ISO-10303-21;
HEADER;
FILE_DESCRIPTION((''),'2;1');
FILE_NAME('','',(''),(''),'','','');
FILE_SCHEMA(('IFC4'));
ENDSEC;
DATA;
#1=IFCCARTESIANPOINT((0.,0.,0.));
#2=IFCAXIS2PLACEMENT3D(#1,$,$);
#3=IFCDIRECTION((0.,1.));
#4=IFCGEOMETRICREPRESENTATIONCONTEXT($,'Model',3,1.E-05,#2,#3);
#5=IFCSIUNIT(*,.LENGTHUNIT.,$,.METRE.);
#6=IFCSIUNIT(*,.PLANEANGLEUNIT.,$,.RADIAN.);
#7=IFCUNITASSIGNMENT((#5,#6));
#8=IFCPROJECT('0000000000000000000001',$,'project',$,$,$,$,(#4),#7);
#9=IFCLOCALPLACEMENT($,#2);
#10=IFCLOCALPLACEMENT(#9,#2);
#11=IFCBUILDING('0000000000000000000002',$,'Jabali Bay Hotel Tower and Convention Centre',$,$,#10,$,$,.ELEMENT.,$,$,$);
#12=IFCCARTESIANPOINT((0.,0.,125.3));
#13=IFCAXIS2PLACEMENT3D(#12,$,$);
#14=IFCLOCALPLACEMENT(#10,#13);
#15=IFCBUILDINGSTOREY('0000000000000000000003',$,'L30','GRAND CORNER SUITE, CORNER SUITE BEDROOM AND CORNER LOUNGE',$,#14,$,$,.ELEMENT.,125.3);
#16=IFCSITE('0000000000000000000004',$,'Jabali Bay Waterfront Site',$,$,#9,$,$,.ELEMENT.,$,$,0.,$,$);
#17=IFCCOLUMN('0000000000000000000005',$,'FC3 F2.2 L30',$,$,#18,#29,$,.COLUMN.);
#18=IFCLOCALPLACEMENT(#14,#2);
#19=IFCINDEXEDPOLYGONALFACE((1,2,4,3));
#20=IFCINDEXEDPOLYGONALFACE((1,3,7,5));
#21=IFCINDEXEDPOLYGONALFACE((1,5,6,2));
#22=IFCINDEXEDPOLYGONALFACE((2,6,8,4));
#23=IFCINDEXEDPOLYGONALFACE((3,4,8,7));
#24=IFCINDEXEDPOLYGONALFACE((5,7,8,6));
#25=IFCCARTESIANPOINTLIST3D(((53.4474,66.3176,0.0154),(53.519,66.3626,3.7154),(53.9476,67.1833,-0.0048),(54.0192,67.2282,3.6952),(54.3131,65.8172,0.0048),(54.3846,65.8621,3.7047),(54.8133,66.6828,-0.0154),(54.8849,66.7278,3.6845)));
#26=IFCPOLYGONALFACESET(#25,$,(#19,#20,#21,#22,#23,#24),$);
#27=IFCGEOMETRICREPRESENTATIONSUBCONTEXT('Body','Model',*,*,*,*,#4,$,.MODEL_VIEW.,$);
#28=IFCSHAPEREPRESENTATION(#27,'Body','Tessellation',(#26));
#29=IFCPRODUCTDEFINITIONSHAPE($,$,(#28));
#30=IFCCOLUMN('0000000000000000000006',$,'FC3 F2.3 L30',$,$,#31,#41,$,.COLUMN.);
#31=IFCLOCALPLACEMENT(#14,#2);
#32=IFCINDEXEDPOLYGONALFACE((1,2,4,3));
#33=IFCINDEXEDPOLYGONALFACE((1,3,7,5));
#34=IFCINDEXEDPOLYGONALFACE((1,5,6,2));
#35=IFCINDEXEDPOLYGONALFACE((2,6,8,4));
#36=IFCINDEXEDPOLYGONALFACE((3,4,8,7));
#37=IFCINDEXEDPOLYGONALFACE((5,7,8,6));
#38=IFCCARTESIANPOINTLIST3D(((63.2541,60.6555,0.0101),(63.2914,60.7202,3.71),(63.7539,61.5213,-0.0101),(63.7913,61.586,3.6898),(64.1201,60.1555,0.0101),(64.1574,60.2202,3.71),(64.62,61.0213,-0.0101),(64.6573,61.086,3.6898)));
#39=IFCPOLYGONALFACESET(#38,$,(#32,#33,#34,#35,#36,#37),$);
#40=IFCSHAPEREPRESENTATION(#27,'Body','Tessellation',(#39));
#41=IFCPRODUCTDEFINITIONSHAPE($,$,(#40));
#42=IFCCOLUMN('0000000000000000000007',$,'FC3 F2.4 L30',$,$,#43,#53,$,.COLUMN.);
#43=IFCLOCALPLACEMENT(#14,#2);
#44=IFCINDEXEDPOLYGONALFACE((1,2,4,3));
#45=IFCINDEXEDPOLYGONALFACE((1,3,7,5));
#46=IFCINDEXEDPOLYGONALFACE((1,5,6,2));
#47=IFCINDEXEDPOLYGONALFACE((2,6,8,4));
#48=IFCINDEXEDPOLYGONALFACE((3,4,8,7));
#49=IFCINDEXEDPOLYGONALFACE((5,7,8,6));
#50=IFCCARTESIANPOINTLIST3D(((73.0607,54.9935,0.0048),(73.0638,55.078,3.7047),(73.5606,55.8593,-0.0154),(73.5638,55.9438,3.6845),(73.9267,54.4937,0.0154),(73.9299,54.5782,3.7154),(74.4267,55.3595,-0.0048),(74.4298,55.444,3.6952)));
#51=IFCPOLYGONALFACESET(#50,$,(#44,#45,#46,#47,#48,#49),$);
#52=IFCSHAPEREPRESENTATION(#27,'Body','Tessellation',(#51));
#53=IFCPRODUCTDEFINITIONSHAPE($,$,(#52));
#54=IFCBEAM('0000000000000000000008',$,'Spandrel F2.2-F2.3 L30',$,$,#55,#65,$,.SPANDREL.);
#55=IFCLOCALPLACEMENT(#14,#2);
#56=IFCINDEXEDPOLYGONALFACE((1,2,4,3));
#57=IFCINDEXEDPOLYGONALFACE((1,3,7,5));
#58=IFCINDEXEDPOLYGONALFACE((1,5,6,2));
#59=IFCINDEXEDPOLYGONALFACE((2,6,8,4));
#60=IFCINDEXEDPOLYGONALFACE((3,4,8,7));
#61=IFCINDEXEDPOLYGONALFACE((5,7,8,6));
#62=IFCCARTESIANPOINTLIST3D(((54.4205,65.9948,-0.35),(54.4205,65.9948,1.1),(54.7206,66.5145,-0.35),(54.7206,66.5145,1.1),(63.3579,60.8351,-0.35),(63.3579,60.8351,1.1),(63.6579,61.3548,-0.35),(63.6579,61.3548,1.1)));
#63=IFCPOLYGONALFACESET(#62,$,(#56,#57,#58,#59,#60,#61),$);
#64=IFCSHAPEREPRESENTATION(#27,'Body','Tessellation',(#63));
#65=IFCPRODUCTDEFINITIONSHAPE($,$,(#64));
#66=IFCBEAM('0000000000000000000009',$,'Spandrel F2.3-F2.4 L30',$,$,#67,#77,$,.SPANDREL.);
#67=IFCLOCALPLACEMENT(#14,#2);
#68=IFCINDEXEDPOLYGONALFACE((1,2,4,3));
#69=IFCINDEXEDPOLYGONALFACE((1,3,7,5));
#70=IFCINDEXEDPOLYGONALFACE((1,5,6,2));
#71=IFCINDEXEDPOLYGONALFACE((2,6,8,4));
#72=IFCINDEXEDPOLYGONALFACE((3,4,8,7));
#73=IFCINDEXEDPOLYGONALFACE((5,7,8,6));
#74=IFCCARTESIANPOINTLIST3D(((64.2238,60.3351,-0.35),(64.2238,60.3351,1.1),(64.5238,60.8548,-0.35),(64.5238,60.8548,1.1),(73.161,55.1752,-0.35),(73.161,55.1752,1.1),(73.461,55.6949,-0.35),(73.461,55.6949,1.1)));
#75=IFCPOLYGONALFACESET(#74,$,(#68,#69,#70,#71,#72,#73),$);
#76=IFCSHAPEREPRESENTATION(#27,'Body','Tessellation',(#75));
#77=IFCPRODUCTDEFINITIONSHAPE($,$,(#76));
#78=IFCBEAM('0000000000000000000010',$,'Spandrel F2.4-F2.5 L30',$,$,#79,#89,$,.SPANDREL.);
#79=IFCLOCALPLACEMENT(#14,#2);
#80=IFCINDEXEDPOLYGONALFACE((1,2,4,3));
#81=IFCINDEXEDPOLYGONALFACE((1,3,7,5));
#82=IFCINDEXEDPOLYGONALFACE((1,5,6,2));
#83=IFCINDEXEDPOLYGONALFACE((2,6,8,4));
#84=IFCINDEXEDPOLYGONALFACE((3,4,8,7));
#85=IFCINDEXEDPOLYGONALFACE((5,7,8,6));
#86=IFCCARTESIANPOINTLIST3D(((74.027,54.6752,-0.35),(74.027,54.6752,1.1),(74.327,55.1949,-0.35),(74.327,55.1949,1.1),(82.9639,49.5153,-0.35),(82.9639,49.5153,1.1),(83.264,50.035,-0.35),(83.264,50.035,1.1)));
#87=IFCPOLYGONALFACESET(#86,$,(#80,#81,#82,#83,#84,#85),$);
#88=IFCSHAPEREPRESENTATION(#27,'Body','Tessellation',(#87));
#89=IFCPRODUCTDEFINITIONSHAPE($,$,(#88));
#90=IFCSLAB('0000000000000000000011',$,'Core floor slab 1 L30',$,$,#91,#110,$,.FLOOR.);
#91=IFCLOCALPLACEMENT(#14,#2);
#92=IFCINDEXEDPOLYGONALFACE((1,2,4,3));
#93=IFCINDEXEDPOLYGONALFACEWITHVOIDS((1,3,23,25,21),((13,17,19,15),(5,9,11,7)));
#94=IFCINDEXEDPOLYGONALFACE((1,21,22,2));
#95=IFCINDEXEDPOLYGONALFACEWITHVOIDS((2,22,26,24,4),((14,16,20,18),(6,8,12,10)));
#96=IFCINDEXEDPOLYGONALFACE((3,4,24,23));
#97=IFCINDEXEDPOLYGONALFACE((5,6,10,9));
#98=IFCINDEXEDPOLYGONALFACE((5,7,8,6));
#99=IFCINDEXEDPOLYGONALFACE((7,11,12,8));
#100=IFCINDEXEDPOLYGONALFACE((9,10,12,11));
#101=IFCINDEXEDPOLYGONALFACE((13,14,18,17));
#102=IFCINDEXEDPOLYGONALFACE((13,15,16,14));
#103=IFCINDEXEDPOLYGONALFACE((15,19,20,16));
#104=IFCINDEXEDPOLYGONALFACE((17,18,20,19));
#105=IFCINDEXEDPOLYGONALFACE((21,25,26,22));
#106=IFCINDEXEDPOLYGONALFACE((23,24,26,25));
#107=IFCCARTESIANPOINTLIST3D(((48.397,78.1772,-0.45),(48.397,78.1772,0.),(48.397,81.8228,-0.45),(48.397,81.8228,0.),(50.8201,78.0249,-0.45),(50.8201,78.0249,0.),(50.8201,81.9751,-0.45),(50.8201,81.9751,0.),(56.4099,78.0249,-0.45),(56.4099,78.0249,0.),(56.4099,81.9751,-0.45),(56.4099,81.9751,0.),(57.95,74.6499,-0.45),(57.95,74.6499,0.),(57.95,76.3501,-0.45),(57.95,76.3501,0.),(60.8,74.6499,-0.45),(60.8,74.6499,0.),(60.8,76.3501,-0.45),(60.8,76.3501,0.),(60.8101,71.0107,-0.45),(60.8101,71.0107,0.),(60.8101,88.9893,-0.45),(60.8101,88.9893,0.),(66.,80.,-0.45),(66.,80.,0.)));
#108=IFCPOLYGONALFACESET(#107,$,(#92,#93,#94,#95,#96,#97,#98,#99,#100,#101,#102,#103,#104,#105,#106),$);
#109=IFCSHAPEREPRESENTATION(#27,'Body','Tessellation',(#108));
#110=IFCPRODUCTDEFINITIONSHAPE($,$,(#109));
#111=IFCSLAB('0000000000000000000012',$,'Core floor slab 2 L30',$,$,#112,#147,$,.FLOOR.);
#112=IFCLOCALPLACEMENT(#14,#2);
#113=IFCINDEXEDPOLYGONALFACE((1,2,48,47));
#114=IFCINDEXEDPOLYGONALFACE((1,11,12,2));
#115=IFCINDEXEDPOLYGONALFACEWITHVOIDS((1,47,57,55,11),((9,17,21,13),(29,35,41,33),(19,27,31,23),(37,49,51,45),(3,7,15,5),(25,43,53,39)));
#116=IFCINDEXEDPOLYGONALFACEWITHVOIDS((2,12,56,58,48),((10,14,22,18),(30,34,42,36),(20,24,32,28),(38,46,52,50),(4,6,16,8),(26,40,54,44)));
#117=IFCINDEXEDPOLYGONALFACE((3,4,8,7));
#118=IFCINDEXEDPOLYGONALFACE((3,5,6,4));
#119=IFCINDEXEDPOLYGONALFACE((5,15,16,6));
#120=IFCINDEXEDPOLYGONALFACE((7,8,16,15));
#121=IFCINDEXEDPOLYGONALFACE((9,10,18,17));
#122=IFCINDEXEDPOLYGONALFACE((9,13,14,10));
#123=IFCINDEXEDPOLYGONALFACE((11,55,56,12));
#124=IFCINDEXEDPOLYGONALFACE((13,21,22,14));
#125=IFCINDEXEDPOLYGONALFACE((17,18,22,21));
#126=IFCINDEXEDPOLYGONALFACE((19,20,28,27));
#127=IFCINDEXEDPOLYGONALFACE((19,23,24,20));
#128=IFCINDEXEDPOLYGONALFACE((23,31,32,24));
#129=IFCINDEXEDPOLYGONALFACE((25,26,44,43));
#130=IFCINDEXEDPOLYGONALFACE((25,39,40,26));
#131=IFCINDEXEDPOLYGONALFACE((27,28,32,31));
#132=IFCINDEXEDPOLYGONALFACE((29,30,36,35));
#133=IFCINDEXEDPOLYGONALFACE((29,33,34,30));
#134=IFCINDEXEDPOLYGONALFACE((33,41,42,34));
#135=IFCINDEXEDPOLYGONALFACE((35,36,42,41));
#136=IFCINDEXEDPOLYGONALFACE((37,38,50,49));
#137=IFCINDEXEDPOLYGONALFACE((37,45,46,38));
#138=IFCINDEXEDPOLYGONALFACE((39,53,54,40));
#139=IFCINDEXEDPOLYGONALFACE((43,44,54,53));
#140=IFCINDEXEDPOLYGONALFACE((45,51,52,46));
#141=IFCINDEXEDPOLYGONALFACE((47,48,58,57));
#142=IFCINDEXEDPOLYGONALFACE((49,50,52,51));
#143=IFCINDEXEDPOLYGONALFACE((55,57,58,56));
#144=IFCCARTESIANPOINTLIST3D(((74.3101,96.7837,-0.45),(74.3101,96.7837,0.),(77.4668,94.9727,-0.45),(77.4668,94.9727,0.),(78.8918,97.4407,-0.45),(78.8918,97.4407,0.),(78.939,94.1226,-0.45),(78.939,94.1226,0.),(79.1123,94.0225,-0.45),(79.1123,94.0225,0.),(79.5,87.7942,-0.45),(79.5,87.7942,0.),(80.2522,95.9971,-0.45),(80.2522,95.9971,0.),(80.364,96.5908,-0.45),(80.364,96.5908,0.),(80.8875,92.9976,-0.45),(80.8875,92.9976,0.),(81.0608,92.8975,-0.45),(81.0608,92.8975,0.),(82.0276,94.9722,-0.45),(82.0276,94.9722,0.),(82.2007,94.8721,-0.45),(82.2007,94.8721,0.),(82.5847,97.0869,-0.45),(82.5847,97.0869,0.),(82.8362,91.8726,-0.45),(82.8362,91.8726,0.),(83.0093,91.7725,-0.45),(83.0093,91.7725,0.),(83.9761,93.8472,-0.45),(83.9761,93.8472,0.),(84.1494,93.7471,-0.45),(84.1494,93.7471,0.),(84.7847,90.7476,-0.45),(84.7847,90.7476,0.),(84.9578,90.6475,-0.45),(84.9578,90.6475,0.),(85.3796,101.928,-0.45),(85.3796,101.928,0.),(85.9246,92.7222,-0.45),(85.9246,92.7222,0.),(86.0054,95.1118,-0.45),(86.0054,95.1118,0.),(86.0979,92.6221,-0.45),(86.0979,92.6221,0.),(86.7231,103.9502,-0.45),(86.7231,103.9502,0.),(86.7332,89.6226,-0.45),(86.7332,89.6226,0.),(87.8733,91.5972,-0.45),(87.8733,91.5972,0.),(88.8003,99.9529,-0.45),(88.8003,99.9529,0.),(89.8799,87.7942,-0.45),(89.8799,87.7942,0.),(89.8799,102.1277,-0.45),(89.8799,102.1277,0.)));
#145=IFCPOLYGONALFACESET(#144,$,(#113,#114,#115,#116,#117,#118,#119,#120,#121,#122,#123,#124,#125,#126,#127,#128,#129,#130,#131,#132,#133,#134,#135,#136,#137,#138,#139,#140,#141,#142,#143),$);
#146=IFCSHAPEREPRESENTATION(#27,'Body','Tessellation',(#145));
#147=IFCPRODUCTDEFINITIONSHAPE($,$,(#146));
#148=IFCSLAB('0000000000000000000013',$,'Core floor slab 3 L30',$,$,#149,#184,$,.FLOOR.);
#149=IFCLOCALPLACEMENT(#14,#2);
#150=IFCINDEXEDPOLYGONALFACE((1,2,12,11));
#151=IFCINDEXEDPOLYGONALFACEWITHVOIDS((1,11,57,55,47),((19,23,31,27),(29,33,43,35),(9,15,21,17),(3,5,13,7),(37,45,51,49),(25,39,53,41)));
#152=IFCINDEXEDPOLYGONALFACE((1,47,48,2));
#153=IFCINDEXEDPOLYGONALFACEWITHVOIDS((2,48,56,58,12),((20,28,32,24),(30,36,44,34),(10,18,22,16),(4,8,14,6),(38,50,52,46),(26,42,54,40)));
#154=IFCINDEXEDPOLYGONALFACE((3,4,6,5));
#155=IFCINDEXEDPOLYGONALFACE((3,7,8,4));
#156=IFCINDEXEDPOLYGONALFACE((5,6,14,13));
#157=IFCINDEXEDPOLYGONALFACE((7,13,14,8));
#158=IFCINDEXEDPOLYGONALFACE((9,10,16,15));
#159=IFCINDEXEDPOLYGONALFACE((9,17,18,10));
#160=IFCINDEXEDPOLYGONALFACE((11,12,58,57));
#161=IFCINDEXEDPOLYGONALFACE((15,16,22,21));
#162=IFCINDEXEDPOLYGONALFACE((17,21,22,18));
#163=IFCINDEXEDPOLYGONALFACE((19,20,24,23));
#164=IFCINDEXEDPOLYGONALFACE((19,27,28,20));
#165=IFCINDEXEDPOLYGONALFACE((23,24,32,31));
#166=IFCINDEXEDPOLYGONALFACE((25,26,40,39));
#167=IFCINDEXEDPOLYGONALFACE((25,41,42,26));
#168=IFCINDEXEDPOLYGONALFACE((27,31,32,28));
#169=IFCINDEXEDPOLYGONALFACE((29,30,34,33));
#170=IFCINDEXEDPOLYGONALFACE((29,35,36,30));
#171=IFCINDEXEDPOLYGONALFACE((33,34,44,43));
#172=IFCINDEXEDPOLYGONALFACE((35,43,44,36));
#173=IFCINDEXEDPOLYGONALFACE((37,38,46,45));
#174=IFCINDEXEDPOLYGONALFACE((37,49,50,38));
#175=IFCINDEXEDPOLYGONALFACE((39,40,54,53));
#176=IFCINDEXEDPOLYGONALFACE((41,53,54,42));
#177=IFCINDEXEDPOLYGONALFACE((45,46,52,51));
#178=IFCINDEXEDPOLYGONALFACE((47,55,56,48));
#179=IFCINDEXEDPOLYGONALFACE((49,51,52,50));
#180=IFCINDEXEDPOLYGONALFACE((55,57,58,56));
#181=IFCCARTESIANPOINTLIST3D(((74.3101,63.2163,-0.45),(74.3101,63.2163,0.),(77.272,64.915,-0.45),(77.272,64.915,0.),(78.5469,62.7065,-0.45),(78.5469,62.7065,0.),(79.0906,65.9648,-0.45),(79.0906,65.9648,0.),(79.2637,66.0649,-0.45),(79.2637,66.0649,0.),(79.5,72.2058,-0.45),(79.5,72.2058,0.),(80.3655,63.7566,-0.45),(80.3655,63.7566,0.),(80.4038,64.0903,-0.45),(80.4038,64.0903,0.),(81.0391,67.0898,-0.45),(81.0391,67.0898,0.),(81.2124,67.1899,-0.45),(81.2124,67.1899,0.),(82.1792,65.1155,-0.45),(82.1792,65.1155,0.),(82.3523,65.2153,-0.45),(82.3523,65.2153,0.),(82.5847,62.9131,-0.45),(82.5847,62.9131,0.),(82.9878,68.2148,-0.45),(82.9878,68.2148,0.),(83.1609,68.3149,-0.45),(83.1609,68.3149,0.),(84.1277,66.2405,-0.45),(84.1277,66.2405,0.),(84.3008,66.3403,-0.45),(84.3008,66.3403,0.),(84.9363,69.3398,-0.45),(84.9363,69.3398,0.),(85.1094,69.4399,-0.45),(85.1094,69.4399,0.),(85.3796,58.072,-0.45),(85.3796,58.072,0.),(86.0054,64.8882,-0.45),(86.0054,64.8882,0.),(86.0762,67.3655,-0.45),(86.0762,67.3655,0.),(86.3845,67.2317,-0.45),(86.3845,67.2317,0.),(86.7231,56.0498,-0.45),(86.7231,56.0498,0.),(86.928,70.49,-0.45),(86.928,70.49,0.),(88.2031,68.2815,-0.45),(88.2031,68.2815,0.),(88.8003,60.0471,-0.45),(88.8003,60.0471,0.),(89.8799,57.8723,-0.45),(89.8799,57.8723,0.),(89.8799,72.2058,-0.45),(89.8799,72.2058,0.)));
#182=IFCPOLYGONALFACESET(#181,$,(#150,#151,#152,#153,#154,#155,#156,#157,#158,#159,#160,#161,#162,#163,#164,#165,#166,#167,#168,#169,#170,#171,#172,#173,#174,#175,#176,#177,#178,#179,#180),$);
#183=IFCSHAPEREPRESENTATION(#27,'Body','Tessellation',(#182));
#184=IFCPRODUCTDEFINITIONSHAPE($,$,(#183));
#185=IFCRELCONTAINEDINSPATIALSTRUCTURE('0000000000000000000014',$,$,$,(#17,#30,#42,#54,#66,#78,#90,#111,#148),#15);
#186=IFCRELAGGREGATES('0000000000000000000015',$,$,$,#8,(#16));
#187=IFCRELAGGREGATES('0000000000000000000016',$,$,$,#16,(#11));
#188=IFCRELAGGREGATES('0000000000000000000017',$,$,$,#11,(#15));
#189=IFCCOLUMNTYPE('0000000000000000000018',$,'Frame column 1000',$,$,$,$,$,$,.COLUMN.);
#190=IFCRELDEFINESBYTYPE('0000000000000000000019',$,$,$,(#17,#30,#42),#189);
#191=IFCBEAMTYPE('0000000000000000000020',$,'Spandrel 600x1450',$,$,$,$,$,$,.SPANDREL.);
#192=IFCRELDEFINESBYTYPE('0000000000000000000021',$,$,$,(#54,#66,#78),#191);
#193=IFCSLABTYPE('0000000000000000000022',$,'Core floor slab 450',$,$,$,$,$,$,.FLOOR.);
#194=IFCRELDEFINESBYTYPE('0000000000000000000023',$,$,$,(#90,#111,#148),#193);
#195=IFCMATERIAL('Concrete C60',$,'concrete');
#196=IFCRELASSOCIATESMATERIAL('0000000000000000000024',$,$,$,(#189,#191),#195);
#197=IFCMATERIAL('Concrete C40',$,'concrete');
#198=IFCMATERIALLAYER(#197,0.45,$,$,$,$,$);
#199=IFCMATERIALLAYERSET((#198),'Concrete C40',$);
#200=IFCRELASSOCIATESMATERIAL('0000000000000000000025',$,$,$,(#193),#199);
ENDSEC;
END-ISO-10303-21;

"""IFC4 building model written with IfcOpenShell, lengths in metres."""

from ifc_helpers import new_model, si_unit, direction, frame, origin, origin_2d, place, context, subcontext, project, spatial, polyline, rectangle, outline, extrude, material, layer, layer_set, material_profile, profile_set, type_object, element, save


model = new_model("IFC4")

# Units and contexts
model_context = context("Model", 3, precision=1e-05, world=origin(), true_north=direction((0.0, 1.0)))
body_context = subcontext(model_context, "Body", "Model", "MODEL_VIEW")
ifc_project = project(units=[si_unit("LENGTHUNIT", "METRE"), si_unit("PLANEANGLEUNIT", "RADIAN")], contexts=[model_context])

# Site, building, storey
site_placement = place(None, origin())
site = spatial("IfcSite", under=ifc_project, at=site_placement, Name="Jabali Bay Waterfront Site", CompositionType="ELEMENT", RefElevation=0.0)
building_placement = place(site_placement, origin())
building = spatial("IfcBuilding", under=site, at=building_placement, Name="Jabali Bay Hotel Tower and Convention Centre", CompositionType="ELEMENT")
storey_placement = place(building_placement, frame((0.0, 0.0, 125.3)))
storey = spatial("IfcBuildingStorey", under=building, at=storey_placement, Name="L30", Description="GRAND CORNER SUITE, CORNER SUITE BEDROOM AND CORNER LOUNGE", CompositionType="ELEMENT", Elevation=125.3)

# Columns
ifc_material_1 = material(Name="Concrete C60", Category="concrete")
ifc_material_profile_1 = material_profile(ifc_material_1, rectangle(XDim=1.0, YDim=1.0, at=origin_2d()), Name="Frame column 1000")
ifc_profile_set_1 = profile_set([ifc_material_profile_1], Name="Concrete C60")
column_type = type_object("IfcColumnType", Name="Frame column 1000", PredefinedType="COLUMN", material=ifc_profile_set_1)
column_1_placement = place(storey_placement, frame((54.1304, 66.5002, 0.0), z_axis=(0.019329, 0.012138, 0.99974), x_axis=(-0.865691, 0.500465, 0.010661)))
element("IfcColumn", 1, at=column_1_placement, inside=storey, type_object=column_type, Name="FC3 F2.2 L30", PredefinedType="COLUMN", context=body_context, shape_type="SweptSolid", body=[
    extrude(rectangle(XDim=1.0, YDim=1.0, at=origin_2d()), origin(), (0.0, 0.0, 1.0), 3.7009),
])
column_2_placement = place(storey_placement, frame((63.937, 60.8384, 0.0), z_axis=(0.010094, 0.017482, 0.999796), x_axis=(-0.866026, 0.499999, 0.0)))
element("IfcColumn", 2, at=column_2_placement, inside=storey, type_object=column_type, Name="FC3 F2.3 L30", PredefinedType="COLUMN", context=body_context, shape_type="SweptSolid", body=[
    extrude(rectangle(XDim=1.0, YDim=1.0, at=origin_2d()), origin(), (0.0, 0.0, 1.0), 3.7007),
])
column_3_placement = place(storey_placement, frame((73.7437, 55.1765, 0.0), z_axis=(0.000858, 0.022825, 0.999739), x_axis=(-0.499939, -0.865825, 0.020196)))
element("IfcColumn", 3, at=column_3_placement, inside=storey, type_object=column_type, Name="FC3 F2.4 L30", PredefinedType="COLUMN", context=body_context, shape_type="SweptSolid", body=[
    extrude(rectangle(XDim=1.0, YDim=1.0, at=origin_2d()), origin(), (0.0, 0.0, 1.0), 3.7009),
])

# Beams
ifc_material_profile_2 = material_profile(ifc_material_1, rectangle(XDim=0.6001, YDim=1.45, at=origin_2d()), Name="Spandrel 600x1450")
ifc_profile_set_2 = profile_set([ifc_material_profile_2], Name="Concrete C60")
beam_type = type_object("IfcBeamType", Name="Spandrel 600x1450", PredefinedType="SPANDREL", material=ifc_profile_set_2)
for number, where, z_axis, x_axis, name in (
    (4, (54.5706, 66.2546, 0.375), (0.866036, -0.499981, 0.0), (0.499981, 0.866036, 0.0), "Spandrel F2.2-F2.3 L30"),
    (5, (64.3738, 60.595, 0.375), (0.866026, -0.499999, 0.0), (0.499999, 0.866026, 0.0), "Spandrel F2.3-F2.4 L30"),
):
    element("IfcBeam", number, at=place(storey_placement, frame(where, z_axis=z_axis, x_axis=x_axis)), inside=storey, type_object=beam_type, Name=name, PredefinedType="SPANDREL", context=body_context, shape_type="SweptSolid", body=[
        extrude(rectangle(XDim=0.6001, YDim=1.45, at=origin_2d()), origin(), (0.0, 0.0, 1.0), 10.3198),
    ])
beam_placement = place(storey_placement, frame((74.177, 54.9351, 0.375), z_axis=(0.86602, -0.500009, 0.0), x_axis=(0.500009, 0.86602, 0.0)))
element("IfcBeam", 6, at=beam_placement, inside=storey, type_object=beam_type, Name="Spandrel F2.4-F2.5 L30", PredefinedType="SPANDREL", context=body_context, shape_type="SweptSolid", body=[
    extrude(rectangle(XDim=0.6001, YDim=1.45, at=origin_2d()), origin(), (0.0, 0.0, 1.0), 10.3196),
])

# Slabs
ifc_material_2 = material(Name="Concrete C40", Category="concrete")
ifc_layer_1 = layer(ifc_material_2, 0.45)
ifc_layer_set_1 = layer_set([ifc_layer_1], Name="Concrete C40")
slab_type_1 = type_object("IfcSlabType", Name="Core floor slab 450", PredefinedType="FLOOR", material=ifc_layer_set_1)
slab_1_placement = place(storey_placement, frame((0.0, 0.0, -0.45)))
element("IfcSlab", 7, at=slab_1_placement, inside=storey, type_object=slab_type_1, Name="Core floor slab 1 L30", PredefinedType="FLOOR", context=body_context, shape_type="SweptSolid", body=[
    extrude(outline(polyline([(66.0, 80.0), (60.8101, 88.9893), (48.397, 81.8228), (48.397, 78.1772), (60.8101, 71.0107), (66.0, 80.0)]), holes=[polyline([(60.8, 76.3501), (57.95, 76.3501), (57.95, 74.6499), (60.8, 74.6499), (60.8, 76.3501)]), polyline([(50.8201, 81.9751), (50.8201, 78.0249), (56.4099, 78.0249), (56.4099, 81.9751), (50.8201, 81.9751)])]), origin(), (0.0, 0.0, 1.0), 0.45),
])
slab_2_placement = place(storey_placement, frame((0.0, 0.0, -0.45)))
element("IfcSlab", 8, at=slab_2_placement, inside=storey, type_object=slab_type_1, Name="Core floor slab 2 L30", PredefinedType="FLOOR", context=body_context, shape_type="SweptSolid", body=[
    extrude(outline(polyline([(79.5, 87.7942), (89.8799, 87.7942), (89.8799, 102.1277), (86.7231, 103.9502), (74.3101, 96.7837), (79.5, 87.7942)]), holes=[polyline([(84.9578, 90.6475), (86.7332, 89.6226), (87.8733, 91.5972), (86.0979, 92.6221), (84.9578, 90.6475)]), polyline([(84.1494, 93.7471), (83.0093, 91.7725), (84.7847, 90.7476), (85.9246, 92.7222), (84.1494, 93.7471)]), polyline([(82.2007, 94.8721), (81.0608, 92.8975), (82.8362, 91.8726), (83.9761, 93.8472), (82.2007, 94.8721)]), polyline([(79.1123, 94.0225), (80.8875, 92.9976), (82.0276, 94.9722), (80.2522, 95.9971), (79.1123, 94.0225)]), polyline([(78.8918, 97.4407), (77.4668, 94.9727), (78.939, 94.1226), (80.364, 96.5908), (78.8918, 97.4407)]), polyline([(82.5847, 97.0869), (86.0054, 95.1118), (88.8003, 99.9529), (85.3796, 101.928), (82.5847, 97.0869)])]), origin(), (0.0, 0.0, 1.0), 0.45),
])
slab_3_placement = place(storey_placement, frame((0.0, 0.0, -0.45)))
element("IfcSlab", 9, at=slab_3_placement, inside=storey, type_object=slab_type_1, Name="Core floor slab 3 L30", PredefinedType="FLOOR", context=body_context, shape_type="SweptSolid", body=[
    extrude(outline(polyline([(79.5, 72.2058), (74.3101, 63.2163), (86.7231, 56.0498), (89.8799, 57.8723), (89.8799, 72.2058), (79.5, 72.2058)]), holes=[polyline([(82.5847, 62.9131), (85.3796, 58.072), (88.8003, 60.0471), (86.0054, 64.8882), (82.5847, 62.9131)]), polyline([(80.3655, 63.7566), (79.0906, 65.9648), (77.272, 64.915), (78.5469, 62.7065), (80.3655, 63.7566)]), polyline([(82.1792, 65.1155), (81.0391, 67.0898), (79.2637, 66.0649), (80.4038, 64.0903), (82.1792, 65.1155)]), polyline([(82.9878, 68.2148), (81.2124, 67.1899), (82.3523, 65.2153), (84.1277, 66.2405), (82.9878, 68.2148)]), polyline([(86.0762, 67.3655), (84.9363, 69.3398), (83.1609, 68.3149), (84.3008, 66.3403), (86.0762, 67.3655)]), polyline([(88.2031, 68.2815), (86.928, 70.49), (85.1094, 69.4399), (86.3845, 67.2317), (88.2031, 68.2815)])]), origin(), (0.0, 0.0, 1.0), 0.45),
])

save(model, "model.ifc")
